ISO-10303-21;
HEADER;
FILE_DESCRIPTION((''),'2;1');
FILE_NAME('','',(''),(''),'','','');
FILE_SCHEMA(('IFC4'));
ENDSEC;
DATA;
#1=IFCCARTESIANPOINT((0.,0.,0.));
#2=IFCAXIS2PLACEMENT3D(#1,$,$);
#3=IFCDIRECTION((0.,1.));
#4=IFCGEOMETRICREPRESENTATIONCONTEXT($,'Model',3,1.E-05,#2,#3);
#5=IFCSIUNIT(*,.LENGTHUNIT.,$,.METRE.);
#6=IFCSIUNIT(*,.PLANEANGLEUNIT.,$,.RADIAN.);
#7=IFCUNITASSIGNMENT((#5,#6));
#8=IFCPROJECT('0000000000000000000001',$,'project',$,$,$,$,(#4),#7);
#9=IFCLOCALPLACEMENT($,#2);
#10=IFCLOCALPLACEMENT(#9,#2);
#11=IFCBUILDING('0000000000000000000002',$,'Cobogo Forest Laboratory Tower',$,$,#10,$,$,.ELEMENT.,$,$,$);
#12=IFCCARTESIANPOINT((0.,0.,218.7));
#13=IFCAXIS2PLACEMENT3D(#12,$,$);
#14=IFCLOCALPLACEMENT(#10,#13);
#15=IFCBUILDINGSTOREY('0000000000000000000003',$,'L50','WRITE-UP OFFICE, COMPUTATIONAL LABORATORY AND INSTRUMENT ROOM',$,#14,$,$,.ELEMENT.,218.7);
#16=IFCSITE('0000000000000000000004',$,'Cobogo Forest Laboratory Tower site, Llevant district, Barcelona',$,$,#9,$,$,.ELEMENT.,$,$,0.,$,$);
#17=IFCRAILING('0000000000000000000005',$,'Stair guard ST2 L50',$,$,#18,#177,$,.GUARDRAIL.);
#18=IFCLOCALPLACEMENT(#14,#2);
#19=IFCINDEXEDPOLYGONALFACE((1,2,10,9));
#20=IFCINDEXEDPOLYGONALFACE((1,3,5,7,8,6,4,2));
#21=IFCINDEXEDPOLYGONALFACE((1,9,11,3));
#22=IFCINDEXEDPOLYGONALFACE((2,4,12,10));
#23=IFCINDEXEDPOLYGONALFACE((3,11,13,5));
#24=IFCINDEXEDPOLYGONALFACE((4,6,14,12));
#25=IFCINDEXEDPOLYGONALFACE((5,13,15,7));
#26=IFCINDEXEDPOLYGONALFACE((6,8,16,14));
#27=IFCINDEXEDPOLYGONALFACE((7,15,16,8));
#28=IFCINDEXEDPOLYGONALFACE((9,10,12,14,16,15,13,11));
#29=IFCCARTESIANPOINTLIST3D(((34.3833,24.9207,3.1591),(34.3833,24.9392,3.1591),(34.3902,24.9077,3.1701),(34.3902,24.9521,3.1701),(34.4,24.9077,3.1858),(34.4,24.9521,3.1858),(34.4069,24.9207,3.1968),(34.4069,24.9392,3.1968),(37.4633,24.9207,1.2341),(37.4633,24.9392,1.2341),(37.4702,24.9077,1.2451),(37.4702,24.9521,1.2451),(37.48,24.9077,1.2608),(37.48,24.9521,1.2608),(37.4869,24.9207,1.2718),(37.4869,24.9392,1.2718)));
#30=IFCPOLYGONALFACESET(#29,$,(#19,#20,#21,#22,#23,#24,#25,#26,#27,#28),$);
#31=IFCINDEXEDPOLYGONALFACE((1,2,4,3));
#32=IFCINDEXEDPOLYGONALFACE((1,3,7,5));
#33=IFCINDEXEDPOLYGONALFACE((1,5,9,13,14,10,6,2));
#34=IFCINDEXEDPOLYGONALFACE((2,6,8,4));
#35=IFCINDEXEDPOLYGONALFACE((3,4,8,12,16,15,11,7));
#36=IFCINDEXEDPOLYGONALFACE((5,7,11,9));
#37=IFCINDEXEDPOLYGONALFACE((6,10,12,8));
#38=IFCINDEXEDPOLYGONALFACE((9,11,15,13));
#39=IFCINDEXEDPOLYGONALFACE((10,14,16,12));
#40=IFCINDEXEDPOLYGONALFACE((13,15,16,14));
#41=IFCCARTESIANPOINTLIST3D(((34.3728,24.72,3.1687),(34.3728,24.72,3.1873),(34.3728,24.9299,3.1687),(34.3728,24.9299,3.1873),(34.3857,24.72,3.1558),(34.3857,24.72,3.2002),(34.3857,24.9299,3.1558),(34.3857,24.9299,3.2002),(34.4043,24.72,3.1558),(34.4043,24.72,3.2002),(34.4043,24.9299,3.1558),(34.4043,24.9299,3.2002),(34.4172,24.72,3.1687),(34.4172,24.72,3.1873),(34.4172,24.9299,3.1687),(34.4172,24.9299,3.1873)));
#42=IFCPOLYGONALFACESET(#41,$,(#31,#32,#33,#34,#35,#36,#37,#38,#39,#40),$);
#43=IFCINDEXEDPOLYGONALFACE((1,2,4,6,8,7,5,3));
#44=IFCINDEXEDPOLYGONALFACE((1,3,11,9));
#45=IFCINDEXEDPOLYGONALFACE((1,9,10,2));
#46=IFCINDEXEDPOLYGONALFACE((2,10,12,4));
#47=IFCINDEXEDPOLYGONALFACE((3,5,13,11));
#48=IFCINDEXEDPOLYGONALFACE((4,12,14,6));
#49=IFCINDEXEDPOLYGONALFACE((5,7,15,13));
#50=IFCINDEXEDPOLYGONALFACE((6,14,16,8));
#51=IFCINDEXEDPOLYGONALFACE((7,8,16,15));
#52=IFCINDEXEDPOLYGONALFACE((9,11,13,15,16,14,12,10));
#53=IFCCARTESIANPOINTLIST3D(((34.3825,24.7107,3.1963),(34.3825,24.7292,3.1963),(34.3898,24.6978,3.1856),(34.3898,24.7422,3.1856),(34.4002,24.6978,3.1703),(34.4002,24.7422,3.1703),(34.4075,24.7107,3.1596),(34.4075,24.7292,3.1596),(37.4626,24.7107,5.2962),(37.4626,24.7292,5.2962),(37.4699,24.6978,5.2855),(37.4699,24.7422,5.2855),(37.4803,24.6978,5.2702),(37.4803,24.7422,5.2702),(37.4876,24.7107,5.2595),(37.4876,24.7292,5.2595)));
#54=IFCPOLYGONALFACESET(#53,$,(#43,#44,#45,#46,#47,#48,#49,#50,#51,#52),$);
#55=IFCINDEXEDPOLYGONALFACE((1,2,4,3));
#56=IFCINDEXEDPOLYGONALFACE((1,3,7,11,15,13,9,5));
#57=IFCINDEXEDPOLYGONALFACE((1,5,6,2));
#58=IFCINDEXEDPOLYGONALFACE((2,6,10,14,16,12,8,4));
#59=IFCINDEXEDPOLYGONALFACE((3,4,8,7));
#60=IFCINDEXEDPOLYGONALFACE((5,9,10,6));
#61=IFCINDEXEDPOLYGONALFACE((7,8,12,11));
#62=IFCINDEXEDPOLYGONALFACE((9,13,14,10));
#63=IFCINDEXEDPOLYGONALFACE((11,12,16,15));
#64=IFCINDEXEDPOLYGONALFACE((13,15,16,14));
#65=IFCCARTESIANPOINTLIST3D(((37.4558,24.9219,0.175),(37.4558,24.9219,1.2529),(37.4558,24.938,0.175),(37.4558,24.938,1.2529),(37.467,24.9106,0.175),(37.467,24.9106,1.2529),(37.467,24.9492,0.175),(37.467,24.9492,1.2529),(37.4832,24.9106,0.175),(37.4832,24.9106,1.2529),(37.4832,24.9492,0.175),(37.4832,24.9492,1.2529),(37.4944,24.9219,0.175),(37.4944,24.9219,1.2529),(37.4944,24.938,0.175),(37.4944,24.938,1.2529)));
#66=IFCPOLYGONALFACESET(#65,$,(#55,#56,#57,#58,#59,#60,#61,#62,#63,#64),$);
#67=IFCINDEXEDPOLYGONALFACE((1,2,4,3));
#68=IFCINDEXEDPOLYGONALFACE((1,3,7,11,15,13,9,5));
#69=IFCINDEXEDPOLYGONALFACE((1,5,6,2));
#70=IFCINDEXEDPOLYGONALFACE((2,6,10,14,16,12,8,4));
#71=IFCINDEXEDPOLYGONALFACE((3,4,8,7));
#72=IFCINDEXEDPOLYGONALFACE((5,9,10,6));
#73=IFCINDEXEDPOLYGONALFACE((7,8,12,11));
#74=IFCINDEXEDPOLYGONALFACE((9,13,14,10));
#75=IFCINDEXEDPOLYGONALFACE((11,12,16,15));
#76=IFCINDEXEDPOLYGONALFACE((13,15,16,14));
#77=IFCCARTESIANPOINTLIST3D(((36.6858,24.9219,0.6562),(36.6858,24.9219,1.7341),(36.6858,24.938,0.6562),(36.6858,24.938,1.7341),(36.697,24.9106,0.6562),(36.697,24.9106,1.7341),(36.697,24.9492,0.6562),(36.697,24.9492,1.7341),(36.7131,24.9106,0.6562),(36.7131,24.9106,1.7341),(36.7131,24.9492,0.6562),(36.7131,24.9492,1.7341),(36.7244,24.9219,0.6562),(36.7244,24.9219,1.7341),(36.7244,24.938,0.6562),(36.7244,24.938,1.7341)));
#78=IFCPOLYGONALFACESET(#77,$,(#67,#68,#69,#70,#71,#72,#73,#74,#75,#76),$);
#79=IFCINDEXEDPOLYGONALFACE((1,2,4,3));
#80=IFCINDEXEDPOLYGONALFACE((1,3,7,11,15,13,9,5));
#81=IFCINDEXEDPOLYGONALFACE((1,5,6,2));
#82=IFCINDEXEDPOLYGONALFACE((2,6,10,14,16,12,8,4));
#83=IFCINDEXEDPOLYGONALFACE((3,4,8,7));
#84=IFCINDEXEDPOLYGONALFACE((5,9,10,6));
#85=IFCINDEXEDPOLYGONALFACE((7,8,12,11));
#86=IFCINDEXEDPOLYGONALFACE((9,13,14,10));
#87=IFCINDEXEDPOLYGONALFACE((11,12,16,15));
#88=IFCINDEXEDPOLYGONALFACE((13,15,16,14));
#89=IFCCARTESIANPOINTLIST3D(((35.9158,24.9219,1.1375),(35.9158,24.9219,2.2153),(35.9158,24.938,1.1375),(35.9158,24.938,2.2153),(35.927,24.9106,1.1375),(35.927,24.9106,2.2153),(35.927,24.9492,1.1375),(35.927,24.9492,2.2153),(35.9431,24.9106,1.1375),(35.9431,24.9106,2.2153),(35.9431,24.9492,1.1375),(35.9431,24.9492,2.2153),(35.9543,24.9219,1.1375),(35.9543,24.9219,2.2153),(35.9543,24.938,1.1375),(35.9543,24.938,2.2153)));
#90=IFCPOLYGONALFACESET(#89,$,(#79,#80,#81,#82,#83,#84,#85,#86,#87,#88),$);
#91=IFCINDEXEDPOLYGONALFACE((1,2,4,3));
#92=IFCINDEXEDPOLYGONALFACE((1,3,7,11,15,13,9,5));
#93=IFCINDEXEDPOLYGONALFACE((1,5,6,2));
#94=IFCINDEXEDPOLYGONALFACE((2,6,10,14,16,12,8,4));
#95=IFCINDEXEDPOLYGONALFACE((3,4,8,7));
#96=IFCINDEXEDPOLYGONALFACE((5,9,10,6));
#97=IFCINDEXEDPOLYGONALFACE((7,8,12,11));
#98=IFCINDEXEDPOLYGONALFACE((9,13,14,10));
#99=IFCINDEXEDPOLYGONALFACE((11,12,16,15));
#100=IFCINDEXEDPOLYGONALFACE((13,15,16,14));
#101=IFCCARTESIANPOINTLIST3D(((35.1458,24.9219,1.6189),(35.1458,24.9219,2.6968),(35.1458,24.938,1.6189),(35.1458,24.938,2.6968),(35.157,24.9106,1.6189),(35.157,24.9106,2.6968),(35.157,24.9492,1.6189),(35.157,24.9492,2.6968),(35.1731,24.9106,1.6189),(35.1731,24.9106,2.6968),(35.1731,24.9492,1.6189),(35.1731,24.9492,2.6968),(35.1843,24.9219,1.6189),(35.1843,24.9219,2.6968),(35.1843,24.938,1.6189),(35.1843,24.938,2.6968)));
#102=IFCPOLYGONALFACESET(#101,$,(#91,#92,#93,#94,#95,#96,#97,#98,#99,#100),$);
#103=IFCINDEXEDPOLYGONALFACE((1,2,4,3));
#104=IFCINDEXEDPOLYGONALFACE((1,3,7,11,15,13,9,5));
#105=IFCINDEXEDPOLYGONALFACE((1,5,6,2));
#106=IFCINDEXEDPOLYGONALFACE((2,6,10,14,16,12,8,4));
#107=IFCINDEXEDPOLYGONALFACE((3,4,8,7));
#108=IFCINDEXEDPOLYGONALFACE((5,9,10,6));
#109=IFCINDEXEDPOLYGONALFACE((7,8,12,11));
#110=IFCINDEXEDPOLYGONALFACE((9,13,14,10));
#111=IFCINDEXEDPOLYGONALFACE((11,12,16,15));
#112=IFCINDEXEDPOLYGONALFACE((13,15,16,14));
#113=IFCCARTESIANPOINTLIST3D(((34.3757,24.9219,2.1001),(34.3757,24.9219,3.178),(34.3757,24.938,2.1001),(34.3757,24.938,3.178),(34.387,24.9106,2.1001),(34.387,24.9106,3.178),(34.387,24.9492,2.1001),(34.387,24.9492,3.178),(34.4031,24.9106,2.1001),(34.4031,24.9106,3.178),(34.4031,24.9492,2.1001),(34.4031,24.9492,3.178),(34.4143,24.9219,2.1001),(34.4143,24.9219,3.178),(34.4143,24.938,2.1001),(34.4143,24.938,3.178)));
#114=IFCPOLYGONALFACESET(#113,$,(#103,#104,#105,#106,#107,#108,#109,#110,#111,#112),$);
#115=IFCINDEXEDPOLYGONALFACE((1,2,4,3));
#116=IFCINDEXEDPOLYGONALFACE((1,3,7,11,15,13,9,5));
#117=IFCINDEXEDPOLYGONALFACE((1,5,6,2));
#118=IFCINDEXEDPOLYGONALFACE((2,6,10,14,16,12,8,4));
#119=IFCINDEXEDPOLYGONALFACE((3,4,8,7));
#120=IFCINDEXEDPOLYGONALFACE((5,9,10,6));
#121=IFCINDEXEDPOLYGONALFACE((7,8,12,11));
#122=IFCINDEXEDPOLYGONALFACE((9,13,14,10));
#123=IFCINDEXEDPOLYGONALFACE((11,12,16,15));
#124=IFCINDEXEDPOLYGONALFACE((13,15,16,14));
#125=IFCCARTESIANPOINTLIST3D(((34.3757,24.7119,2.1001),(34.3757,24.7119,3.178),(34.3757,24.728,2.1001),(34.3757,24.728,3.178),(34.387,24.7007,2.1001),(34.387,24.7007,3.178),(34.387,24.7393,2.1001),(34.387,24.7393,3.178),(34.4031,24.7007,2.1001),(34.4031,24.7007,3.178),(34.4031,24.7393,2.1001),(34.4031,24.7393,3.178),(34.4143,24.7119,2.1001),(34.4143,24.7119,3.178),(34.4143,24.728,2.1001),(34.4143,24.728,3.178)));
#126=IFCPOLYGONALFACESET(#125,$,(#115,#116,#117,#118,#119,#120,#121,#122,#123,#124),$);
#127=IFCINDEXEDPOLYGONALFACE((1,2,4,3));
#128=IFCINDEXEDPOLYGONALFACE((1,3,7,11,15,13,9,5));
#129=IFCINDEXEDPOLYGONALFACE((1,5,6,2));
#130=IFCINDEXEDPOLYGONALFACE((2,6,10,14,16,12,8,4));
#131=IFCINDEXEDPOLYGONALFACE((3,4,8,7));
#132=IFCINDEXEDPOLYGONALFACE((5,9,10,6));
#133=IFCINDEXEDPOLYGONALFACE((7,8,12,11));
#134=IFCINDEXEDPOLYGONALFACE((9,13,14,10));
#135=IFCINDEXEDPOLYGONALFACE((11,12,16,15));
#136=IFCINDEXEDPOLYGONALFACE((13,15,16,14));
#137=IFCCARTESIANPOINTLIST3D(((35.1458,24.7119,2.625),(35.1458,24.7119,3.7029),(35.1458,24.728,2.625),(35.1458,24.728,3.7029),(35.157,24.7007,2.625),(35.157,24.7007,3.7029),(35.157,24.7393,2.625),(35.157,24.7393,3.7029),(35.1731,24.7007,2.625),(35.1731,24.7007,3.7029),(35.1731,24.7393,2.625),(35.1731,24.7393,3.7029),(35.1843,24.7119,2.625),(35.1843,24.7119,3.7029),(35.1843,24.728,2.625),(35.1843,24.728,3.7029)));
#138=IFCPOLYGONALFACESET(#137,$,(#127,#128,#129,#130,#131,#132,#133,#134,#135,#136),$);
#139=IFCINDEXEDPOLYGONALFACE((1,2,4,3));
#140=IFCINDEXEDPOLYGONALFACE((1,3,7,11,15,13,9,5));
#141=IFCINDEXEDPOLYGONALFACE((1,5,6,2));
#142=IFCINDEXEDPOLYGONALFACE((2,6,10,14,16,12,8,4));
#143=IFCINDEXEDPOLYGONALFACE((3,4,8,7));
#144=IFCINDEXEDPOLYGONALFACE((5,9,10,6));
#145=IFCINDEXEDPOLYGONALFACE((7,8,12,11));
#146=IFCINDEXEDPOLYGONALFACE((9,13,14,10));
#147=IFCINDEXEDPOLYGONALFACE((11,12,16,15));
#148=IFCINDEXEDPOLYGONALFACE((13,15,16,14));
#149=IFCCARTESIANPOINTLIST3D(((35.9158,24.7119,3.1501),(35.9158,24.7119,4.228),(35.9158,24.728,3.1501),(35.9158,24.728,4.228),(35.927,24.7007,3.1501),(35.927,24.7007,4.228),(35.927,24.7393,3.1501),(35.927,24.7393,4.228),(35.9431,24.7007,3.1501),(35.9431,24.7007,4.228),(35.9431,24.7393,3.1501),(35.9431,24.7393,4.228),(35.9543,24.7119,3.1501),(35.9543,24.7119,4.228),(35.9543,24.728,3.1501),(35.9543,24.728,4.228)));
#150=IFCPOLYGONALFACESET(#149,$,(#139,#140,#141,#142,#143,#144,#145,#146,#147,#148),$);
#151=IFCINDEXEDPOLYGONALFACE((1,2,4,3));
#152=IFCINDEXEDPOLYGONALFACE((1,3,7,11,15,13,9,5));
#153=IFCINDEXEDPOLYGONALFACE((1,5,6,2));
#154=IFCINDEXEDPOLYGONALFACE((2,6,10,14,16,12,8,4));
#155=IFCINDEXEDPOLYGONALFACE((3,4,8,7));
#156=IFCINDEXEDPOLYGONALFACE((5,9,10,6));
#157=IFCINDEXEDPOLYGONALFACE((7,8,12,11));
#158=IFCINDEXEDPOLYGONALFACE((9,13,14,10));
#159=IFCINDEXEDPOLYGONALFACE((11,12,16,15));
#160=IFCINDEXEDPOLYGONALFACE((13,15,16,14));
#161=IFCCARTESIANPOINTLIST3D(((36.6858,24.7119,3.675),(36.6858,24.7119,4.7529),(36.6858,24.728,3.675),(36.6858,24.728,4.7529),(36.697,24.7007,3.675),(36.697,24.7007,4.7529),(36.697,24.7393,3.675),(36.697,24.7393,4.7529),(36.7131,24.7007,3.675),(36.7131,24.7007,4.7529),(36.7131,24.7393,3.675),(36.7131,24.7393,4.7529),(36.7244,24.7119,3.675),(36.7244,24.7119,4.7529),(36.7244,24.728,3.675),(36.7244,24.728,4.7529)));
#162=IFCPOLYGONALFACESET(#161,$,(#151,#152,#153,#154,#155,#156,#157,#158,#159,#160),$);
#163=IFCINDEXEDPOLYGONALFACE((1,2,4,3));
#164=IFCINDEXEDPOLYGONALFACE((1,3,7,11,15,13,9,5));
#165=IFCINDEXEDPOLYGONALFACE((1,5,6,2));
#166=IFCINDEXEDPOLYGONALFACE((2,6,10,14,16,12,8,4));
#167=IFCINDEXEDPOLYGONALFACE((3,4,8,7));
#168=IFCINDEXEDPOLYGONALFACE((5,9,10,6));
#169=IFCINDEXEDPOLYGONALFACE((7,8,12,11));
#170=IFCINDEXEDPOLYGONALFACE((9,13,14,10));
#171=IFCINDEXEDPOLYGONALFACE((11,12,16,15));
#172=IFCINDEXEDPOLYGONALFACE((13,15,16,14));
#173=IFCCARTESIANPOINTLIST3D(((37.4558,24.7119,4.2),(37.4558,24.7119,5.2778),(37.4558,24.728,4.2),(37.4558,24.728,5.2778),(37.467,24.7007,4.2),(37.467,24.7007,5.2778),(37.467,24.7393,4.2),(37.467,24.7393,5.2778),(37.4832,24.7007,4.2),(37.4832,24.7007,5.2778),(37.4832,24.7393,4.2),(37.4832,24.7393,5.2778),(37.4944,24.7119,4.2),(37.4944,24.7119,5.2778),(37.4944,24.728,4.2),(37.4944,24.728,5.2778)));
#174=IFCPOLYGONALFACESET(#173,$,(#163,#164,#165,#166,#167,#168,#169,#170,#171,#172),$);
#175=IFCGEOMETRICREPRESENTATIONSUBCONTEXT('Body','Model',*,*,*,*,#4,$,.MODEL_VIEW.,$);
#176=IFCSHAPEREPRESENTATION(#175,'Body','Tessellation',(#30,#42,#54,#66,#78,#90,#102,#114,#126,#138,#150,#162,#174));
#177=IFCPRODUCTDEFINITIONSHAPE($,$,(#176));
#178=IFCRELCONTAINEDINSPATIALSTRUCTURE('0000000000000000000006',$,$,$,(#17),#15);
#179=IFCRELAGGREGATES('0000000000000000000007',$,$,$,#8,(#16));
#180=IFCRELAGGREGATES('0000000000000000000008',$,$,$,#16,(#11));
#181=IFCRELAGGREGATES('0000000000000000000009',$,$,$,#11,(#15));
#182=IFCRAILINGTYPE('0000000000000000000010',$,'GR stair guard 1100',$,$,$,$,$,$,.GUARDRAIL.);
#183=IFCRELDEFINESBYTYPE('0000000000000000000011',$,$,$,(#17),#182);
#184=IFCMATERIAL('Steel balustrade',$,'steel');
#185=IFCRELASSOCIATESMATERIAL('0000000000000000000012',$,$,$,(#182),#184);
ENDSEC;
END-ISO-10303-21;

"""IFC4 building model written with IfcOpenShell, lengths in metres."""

from ifc_helpers import new_model, si_unit, direction, frame, origin, place, context, subcontext, project, spatial, polyline, outline, extrude, material, type_object, element, save


model = new_model("IFC4")

# Units and contexts
model_context = context("Model", 3, precision=1e-05, world=origin(), true_north=direction((0.0, 1.0)))
body_context = subcontext(model_context, "Body", "Model", "MODEL_VIEW")
ifc_project = project(units=[si_unit("LENGTHUNIT", "METRE"), si_unit("PLANEANGLEUNIT", "RADIAN")], contexts=[model_context])

# Site, building, storey
site_placement = place(None, origin())
site = spatial("IfcSite", under=ifc_project, at=site_placement, Name="Cobogo Forest Laboratory Tower site, Llevant district, Barcelona", CompositionType="ELEMENT", RefElevation=0.0)
building_placement = place(site_placement, origin())
building = spatial("IfcBuilding", under=site, at=building_placement, Name="Cobogo Forest Laboratory Tower", CompositionType="ELEMENT")
storey_placement = place(building_placement, frame((0.0, 0.0, 218.7)))
storey = spatial("IfcBuildingStorey", under=building, at=storey_placement, Name="L50", Description="WRITE-UP OFFICE, COMPUTATIONAL LABORATORY AND INSTRUMENT ROOM", CompositionType="ELEMENT", Elevation=218.7)

# Railing
ifc_material_1 = material(Name="Steel balustrade", Category="steel")
railing_type_1 = type_object("IfcRailingType", Name="GR stair guard 1100", PredefinedType="GUARDRAIL", material=ifc_material_1)
railing_1_placement = place(storey_placement, frame((37.4751, 24.9299, 0.175)))
element("IfcRailing", 1, at=railing_1_placement, inside=storey, type_object=railing_type_1, Name="Stair guard ST2 L50", PredefinedType="GUARDRAIL", context=body_context, shape_type="SweptSolid", body=[
    extrude(outline(polyline([(0.0222, 0.0093), (0.0093, 0.0222), (-0.0093, 0.0222), (-0.0222, 0.0093), (-0.0222, -0.0093), (-0.0093, -0.0222), (0.0093, -0.0222), (0.0222, -0.0093), (0.0222, 0.0093)])), frame((0.0, 0.0, 1.0779), z_axis=(-0.847998, 0.0, 0.529999), x_axis=(0.0, -1.0, 0.0)), (0.0, 0.0, 1.0), 3.6321),
    extrude(outline(polyline([(0.0222, 0.0093), (0.0093, 0.0222), (-0.0093, 0.0222), (-0.0222, 0.0093), (-0.0222, -0.0093), (-0.0093, -0.0222), (0.0093, -0.0222), (0.0222, -0.0093), (0.0222, 0.0093)])), frame((-3.0801, 0.0, 3.0029), z_axis=(0.0, -1.0, 0.0), x_axis=(1.0, 0.0, 0.0)), (0.0, 0.0, 1.0), 0.21),
    extrude(outline(polyline([(0.0222, 0.0093), (0.0093, 0.0222), (-0.0093, 0.0222), (-0.0222, 0.0093), (-0.0222, -0.0093), (-0.0093, -0.0222), (0.0093, -0.0222), (0.0222, -0.0093), (0.0222, 0.0093)])), frame((-3.0801, -0.21, 3.0029), z_axis=(0.826252, 0.0, 0.5633), x_axis=(0.0, 1.0, 0.0)), (0.0, 0.0, 1.0), 3.7278),
    extrude(outline(polyline([(0.0193, 0.0081), (0.0081, 0.0193), (-0.0081, 0.0193), (-0.0193, 0.0081), (-0.0193, -0.0081), (-0.0081, -0.0193), (0.0081, -0.0193), (0.0193, -0.0081), (0.0193, 0.0081)])), origin(), (0.0, 0.0, 1.0), 1.0779),
    extrude(outline(polyline([(0.0193, 0.0081), (0.0081, 0.0193), (-0.0081, 0.0193), (-0.0193, 0.0081), (-0.0193, -0.0081), (-0.0081, -0.0193), (0.0081, -0.0193), (0.0193, -0.0081), (0.0193, 0.0081)])), frame((-0.77, 0.0, 0.4812)), (0.0, 0.0, 1.0), 1.0779),
    extrude(outline(polyline([(0.0193, 0.0081), (0.0081, 0.0193), (-0.0081, 0.0193), (-0.0193, 0.0081), (-0.0193, -0.0081), (-0.0081, -0.0193), (0.0081, -0.0193), (0.0193, -0.0081), (0.0193, 0.0081)])), frame((-1.54, 0.0, 0.9624)), (0.0, 0.0, 1.0), 1.0779),
    extrude(outline(polyline([(0.0193, 0.0081), (0.0081, 0.0193), (-0.0081, 0.0193), (-0.0193, 0.0081), (-0.0193, -0.0081), (-0.0081, -0.0193), (0.0081, -0.0193), (0.0193, -0.0081), (0.0193, 0.0081)])), frame((-2.3101, 0.0, 1.4438)), (0.0, 0.0, 1.0), 1.0779),
    extrude(outline(polyline([(0.0193, 0.0081), (0.0081, 0.0193), (-0.0081, 0.0193), (-0.0193, 0.0081), (-0.0193, -0.0081), (-0.0081, -0.0193), (0.0081, -0.0193), (0.0193, -0.0081), (0.0193, 0.0081)])), frame((-3.0801, 0.0, 1.925)), (0.0, 0.0, 1.0), 1.0779),
    extrude(outline(polyline([(0.0193, 0.0081), (0.0081, 0.0193), (-0.0081, 0.0193), (-0.0193, 0.0081), (-0.0193, -0.0081), (-0.0081, -0.0193), (0.0081, -0.0193), (0.0193, -0.0081), (0.0193, 0.0081)])), frame((-3.0801, -0.21, 1.925)), (0.0, 0.0, 1.0), 1.0779),
    extrude(outline(polyline([(0.0193, 0.0081), (0.0081, 0.0193), (-0.0081, 0.0193), (-0.0193, 0.0081), (-0.0193, -0.0081), (-0.0081, -0.0193), (0.0081, -0.0193), (0.0193, -0.0081), (0.0193, 0.0081)])), frame((-2.3101, -0.21, 2.45)), (0.0, 0.0, 1.0), 1.0779),
    extrude(outline(polyline([(0.0193, 0.0081), (0.0081, 0.0193), (-0.0081, 0.0193), (-0.0193, 0.0081), (-0.0193, -0.0081), (-0.0081, -0.0193), (0.0081, -0.0193), (0.0193, -0.0081), (0.0193, 0.0081)])), frame((-1.54, -0.21, 2.9751)), (0.0, 0.0, 1.0), 1.0779),
    extrude(outline(polyline([(0.0193, 0.0081), (0.0081, 0.0193), (-0.0081, 0.0193), (-0.0193, 0.0081), (-0.0193, -0.0081), (-0.0081, -0.0193), (0.0081, -0.0193), (0.0193, -0.0081), (0.0193, 0.0081)])), frame((-0.77, -0.21, 3.5)), (0.0, 0.0, 1.0), 1.0779),
    extrude(outline(polyline([(0.0193, 0.0081), (0.0081, 0.0193), (-0.0081, 0.0193), (-0.0193, 0.0081), (-0.0193, -0.0081), (-0.0081, -0.0193), (0.0081, -0.0193), (0.0193, -0.0081), (0.0193, 0.0081)])), frame((0.0, -0.21, 4.0249)), (0.0, 0.0, 1.0), 1.0779),
])

save(model, "model.ifc")
